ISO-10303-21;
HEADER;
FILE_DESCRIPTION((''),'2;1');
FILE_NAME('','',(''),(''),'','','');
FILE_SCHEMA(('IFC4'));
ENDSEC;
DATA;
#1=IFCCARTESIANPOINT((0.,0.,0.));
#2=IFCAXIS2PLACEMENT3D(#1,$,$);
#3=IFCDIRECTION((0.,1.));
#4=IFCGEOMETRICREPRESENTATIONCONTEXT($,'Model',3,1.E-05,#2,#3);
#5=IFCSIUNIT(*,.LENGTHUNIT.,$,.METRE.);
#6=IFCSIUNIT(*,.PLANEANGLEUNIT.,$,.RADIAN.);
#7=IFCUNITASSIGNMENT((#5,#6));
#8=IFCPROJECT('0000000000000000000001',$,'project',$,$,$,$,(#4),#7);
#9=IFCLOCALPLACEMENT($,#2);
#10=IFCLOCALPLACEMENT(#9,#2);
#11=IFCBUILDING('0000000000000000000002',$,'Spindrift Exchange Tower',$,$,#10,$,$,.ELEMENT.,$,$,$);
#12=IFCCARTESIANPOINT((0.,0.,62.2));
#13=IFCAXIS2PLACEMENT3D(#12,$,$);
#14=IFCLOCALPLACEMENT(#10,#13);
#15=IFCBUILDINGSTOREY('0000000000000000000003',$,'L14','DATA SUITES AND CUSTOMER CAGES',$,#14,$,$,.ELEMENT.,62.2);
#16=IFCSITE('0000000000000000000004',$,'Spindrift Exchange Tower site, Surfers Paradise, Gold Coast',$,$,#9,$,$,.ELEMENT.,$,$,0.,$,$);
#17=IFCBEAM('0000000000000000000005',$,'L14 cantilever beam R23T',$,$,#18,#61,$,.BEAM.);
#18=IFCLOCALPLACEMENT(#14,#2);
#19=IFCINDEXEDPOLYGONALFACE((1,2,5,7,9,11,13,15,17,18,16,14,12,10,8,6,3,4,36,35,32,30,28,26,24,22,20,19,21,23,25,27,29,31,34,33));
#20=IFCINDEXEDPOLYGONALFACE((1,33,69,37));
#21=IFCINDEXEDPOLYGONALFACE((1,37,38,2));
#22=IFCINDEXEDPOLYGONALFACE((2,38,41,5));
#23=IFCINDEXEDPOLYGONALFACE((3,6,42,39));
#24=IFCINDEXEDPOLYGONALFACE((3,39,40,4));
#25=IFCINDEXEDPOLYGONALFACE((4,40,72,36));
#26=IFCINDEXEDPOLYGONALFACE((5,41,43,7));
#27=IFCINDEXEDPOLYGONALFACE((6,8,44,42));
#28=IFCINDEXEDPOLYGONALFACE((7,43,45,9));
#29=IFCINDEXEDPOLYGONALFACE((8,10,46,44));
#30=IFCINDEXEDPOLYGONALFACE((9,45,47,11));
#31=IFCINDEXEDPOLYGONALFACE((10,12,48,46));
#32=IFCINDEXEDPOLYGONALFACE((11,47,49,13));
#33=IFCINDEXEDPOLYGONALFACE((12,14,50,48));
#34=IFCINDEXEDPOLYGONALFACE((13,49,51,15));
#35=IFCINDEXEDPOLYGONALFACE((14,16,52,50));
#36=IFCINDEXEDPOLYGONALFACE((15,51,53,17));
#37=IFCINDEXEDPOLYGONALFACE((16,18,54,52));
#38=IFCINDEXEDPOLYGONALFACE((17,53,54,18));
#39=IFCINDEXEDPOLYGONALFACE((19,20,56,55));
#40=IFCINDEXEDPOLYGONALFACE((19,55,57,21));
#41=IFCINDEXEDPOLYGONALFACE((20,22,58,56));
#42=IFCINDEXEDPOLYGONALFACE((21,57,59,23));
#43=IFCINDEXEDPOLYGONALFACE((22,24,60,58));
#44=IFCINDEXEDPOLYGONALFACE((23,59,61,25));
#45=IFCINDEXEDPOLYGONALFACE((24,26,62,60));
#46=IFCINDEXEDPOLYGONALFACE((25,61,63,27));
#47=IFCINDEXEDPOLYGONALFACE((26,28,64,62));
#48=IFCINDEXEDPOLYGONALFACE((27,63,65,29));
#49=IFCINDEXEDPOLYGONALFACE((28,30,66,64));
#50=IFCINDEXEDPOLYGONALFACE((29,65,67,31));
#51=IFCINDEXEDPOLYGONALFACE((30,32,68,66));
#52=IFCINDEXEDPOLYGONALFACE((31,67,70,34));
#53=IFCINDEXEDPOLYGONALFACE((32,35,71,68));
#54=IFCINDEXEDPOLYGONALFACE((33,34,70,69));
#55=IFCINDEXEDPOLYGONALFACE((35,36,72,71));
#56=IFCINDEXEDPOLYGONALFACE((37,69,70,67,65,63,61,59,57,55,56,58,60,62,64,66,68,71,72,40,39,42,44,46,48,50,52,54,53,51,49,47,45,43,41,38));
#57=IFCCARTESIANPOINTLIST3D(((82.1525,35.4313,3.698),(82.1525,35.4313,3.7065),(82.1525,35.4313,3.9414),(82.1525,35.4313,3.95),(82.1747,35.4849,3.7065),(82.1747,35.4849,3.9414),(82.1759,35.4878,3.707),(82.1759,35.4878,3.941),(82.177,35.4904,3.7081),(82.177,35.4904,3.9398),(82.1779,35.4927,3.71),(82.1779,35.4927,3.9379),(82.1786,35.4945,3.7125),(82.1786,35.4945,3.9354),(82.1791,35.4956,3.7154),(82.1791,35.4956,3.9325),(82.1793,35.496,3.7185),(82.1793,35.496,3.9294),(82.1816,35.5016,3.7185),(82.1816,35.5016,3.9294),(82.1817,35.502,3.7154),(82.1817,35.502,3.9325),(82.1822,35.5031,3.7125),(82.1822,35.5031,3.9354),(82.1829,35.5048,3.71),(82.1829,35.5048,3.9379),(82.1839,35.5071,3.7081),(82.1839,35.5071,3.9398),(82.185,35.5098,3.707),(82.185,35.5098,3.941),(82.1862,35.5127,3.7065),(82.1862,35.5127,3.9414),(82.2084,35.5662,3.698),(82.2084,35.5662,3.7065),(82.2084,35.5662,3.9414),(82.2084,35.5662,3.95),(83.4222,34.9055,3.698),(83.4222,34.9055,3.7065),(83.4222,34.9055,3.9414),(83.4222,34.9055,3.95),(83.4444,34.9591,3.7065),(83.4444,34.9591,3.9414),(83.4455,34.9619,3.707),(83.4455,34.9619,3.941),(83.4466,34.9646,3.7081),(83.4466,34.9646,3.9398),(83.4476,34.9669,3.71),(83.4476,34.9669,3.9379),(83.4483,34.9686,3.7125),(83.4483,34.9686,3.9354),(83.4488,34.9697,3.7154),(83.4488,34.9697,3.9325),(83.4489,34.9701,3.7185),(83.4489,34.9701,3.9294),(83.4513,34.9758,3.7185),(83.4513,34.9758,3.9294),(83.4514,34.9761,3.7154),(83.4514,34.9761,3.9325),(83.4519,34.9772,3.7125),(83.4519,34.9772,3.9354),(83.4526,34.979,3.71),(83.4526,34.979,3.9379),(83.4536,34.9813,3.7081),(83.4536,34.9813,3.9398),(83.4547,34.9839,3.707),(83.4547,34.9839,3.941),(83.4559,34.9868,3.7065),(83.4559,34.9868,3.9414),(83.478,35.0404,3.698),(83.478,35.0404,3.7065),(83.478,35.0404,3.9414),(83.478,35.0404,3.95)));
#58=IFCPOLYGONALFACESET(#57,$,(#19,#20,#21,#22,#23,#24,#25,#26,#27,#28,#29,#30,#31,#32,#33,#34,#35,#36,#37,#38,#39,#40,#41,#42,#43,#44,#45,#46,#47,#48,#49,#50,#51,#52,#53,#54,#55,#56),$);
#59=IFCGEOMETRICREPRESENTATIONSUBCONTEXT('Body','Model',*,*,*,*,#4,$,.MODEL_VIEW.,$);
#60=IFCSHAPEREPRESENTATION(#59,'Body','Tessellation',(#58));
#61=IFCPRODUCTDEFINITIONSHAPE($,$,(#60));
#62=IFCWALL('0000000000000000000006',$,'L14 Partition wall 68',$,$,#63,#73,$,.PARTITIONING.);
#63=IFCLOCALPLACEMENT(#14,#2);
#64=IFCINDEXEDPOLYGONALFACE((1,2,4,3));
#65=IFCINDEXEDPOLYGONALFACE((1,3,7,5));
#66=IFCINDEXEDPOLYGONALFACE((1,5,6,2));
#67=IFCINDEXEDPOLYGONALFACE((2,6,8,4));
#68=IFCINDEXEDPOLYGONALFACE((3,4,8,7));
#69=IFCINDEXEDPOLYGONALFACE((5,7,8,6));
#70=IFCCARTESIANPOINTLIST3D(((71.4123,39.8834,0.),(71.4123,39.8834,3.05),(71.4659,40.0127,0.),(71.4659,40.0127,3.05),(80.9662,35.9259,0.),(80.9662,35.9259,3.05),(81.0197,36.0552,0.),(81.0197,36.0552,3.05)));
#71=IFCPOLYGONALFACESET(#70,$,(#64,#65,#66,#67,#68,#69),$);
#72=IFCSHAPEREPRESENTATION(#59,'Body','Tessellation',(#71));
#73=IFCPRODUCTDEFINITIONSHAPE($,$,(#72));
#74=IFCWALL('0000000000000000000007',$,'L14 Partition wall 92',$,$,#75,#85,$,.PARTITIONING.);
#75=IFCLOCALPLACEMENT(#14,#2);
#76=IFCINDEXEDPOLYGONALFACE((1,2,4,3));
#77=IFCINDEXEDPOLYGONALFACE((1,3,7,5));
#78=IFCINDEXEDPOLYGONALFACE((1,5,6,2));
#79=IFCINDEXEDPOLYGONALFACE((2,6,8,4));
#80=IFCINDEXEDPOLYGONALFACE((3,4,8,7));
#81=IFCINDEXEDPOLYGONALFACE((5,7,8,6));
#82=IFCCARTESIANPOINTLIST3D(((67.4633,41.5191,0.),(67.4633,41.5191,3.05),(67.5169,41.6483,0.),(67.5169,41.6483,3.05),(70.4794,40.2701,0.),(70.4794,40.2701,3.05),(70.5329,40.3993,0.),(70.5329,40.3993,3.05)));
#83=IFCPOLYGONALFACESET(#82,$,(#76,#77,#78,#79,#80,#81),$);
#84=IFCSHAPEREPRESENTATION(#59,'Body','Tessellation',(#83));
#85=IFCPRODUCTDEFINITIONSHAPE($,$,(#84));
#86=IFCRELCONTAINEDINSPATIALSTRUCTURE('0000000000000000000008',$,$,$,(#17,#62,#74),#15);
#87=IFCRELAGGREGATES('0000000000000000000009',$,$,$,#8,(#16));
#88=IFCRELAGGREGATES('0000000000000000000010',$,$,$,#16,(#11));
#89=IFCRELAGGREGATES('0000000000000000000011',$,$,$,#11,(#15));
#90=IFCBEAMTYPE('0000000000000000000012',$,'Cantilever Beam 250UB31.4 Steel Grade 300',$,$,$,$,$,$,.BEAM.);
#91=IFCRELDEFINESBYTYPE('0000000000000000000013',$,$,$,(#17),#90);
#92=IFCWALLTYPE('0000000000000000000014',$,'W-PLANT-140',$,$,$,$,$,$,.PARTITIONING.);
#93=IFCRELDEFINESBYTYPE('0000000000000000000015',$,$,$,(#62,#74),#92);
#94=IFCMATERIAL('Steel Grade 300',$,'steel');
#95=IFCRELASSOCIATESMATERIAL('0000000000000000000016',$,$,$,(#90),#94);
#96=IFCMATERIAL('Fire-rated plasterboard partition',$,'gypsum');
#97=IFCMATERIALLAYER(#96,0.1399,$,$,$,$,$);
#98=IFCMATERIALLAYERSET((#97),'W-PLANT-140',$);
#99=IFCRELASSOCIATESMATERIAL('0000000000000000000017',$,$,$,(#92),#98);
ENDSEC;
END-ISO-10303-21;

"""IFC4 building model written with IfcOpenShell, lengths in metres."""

from ifc_helpers import new_model, si_unit, direction, frame, frame_2d, origin, origin_2d, place, context, subcontext, project, spatial, rectangle, i_section, extrude, source, transform, mapped, material, layer, layer_set, material_profile, profile_set, type_object, element, save


model = new_model("IFC4")

# Units and contexts
model_context = context("Model", 3, precision=1e-05, world=origin(), true_north=direction((0.0, 1.0)))
body_context = subcontext(model_context, "Body", "Model", "MODEL_VIEW")
ifc_project = project(units=[si_unit("LENGTHUNIT", "METRE"), si_unit("PLANEANGLEUNIT", "RADIAN")], contexts=[model_context])

# Site, building, storey
site_placement = place(None, origin())
site = spatial("IfcSite", under=ifc_project, at=site_placement, Name="Spindrift Exchange Tower site, Surfers Paradise, Gold Coast", CompositionType="ELEMENT", RefElevation=0.0)
building_placement = place(site_placement, origin())
building = spatial("IfcBuilding", under=site, at=building_placement, Name="Spindrift Exchange Tower", CompositionType="ELEMENT")
storey_placement = place(building_placement, frame((0.0, 0.0, 62.2)))
storey = spatial("IfcBuildingStorey", under=building, at=storey_placement, Name="L14", Description="DATA SUITES AND CUSTOMER CAGES", CompositionType="ELEMENT", Elevation=62.2)

# Beam
ifc_material_1 = material(Name="Steel Grade 300", Category="steel")
ifc_material_profile_1 = material_profile(ifc_material_1, i_section(OverallWidth=0.146, OverallDepth=0.252, WebThickness=0.0061, FlangeThickness=0.0085, FilletRadius=0.012, at=origin_2d()), Name="250UB31.4")
ifc_profile_set_1 = profile_set([ifc_material_profile_1], Name="Steel Grade 300")
beam_type_1 = type_object("IfcBeamType", Name="Cantilever Beam 250UB31.4 Steel Grade 300", PredefinedType="BEAM", material=ifc_profile_set_1)
shared_shape_1 = source(origin(), body_context, "Body", "SweptSolid", [
    extrude(i_section(OverallWidth=0.146, OverallDepth=0.252, WebThickness=0.0061, FlangeThickness=0.0085, FilletRadius=0.012, at=origin_2d()), origin(), (0.0, 0.0, 1.0), 1.3743),
])
beam_1_placement = place(storey_placement, frame((82.1804, 35.4988, 3.824), z_axis=(0.9239, -0.382634, 0.0), x_axis=(0.382634, 0.9239, 0.0)))
element("IfcBeam", 1, at=beam_1_placement, inside=storey, type_object=beam_type_1, Name="L14 cantilever beam R23T", PredefinedType="BEAM", context=body_context, shape_type="MappedRepresentation", body=[
    mapped(shared_shape_1, transform((0.0, 0.0, 0.0), scale=1.0)),
])

# Walls
ifc_material_2 = material(Name="Fire-rated plasterboard partition", Category="gypsum")
ifc_layer_1 = layer(ifc_material_2, 0.1399)
ifc_layer_set_1 = layer_set([ifc_layer_1], Name="W-PLANT-140")
wall_type_1 = type_object("IfcWallType", Name="W-PLANT-140", PredefinedType="PARTITIONING", material=ifc_layer_set_1)
wall_1_placement = place(storey_placement, frame((71.4392, 39.948, 0.0), z_axis=(0.0, 0.0, 1.0), x_axis=(0.923875, -0.382695, 0.0)))
element("IfcWall", 2, at=wall_1_placement, inside=storey, type_object=wall_type_1, Name="L14 Partition wall 68", PredefinedType="PARTITIONING", context=body_context, shape_type="SweptSolid", body=[
    extrude(rectangle(XDim=10.3411, YDim=0.1399, at=frame_2d((5.1704, 0.0))), origin(), (0.0, 0.0, 1.0), 3.05),
])
wall_2_placement = place(storey_placement, frame((67.49, 41.5837, 0.0), z_axis=(0.0, 0.0, 1.0), x_axis=(0.923911, -0.382607, 0.0)))
element("IfcWall", 3, at=wall_2_placement, inside=storey, type_object=wall_type_1, Name="L14 Partition wall 92", PredefinedType="PARTITIONING", context=body_context, shape_type="SweptSolid", body=[
    extrude(rectangle(XDim=3.2644, YDim=0.1399, at=frame_2d((1.6323, 0.0))), origin(), (0.0, 0.0, 1.0), 3.05),
])

save(model, "model.ifc")
